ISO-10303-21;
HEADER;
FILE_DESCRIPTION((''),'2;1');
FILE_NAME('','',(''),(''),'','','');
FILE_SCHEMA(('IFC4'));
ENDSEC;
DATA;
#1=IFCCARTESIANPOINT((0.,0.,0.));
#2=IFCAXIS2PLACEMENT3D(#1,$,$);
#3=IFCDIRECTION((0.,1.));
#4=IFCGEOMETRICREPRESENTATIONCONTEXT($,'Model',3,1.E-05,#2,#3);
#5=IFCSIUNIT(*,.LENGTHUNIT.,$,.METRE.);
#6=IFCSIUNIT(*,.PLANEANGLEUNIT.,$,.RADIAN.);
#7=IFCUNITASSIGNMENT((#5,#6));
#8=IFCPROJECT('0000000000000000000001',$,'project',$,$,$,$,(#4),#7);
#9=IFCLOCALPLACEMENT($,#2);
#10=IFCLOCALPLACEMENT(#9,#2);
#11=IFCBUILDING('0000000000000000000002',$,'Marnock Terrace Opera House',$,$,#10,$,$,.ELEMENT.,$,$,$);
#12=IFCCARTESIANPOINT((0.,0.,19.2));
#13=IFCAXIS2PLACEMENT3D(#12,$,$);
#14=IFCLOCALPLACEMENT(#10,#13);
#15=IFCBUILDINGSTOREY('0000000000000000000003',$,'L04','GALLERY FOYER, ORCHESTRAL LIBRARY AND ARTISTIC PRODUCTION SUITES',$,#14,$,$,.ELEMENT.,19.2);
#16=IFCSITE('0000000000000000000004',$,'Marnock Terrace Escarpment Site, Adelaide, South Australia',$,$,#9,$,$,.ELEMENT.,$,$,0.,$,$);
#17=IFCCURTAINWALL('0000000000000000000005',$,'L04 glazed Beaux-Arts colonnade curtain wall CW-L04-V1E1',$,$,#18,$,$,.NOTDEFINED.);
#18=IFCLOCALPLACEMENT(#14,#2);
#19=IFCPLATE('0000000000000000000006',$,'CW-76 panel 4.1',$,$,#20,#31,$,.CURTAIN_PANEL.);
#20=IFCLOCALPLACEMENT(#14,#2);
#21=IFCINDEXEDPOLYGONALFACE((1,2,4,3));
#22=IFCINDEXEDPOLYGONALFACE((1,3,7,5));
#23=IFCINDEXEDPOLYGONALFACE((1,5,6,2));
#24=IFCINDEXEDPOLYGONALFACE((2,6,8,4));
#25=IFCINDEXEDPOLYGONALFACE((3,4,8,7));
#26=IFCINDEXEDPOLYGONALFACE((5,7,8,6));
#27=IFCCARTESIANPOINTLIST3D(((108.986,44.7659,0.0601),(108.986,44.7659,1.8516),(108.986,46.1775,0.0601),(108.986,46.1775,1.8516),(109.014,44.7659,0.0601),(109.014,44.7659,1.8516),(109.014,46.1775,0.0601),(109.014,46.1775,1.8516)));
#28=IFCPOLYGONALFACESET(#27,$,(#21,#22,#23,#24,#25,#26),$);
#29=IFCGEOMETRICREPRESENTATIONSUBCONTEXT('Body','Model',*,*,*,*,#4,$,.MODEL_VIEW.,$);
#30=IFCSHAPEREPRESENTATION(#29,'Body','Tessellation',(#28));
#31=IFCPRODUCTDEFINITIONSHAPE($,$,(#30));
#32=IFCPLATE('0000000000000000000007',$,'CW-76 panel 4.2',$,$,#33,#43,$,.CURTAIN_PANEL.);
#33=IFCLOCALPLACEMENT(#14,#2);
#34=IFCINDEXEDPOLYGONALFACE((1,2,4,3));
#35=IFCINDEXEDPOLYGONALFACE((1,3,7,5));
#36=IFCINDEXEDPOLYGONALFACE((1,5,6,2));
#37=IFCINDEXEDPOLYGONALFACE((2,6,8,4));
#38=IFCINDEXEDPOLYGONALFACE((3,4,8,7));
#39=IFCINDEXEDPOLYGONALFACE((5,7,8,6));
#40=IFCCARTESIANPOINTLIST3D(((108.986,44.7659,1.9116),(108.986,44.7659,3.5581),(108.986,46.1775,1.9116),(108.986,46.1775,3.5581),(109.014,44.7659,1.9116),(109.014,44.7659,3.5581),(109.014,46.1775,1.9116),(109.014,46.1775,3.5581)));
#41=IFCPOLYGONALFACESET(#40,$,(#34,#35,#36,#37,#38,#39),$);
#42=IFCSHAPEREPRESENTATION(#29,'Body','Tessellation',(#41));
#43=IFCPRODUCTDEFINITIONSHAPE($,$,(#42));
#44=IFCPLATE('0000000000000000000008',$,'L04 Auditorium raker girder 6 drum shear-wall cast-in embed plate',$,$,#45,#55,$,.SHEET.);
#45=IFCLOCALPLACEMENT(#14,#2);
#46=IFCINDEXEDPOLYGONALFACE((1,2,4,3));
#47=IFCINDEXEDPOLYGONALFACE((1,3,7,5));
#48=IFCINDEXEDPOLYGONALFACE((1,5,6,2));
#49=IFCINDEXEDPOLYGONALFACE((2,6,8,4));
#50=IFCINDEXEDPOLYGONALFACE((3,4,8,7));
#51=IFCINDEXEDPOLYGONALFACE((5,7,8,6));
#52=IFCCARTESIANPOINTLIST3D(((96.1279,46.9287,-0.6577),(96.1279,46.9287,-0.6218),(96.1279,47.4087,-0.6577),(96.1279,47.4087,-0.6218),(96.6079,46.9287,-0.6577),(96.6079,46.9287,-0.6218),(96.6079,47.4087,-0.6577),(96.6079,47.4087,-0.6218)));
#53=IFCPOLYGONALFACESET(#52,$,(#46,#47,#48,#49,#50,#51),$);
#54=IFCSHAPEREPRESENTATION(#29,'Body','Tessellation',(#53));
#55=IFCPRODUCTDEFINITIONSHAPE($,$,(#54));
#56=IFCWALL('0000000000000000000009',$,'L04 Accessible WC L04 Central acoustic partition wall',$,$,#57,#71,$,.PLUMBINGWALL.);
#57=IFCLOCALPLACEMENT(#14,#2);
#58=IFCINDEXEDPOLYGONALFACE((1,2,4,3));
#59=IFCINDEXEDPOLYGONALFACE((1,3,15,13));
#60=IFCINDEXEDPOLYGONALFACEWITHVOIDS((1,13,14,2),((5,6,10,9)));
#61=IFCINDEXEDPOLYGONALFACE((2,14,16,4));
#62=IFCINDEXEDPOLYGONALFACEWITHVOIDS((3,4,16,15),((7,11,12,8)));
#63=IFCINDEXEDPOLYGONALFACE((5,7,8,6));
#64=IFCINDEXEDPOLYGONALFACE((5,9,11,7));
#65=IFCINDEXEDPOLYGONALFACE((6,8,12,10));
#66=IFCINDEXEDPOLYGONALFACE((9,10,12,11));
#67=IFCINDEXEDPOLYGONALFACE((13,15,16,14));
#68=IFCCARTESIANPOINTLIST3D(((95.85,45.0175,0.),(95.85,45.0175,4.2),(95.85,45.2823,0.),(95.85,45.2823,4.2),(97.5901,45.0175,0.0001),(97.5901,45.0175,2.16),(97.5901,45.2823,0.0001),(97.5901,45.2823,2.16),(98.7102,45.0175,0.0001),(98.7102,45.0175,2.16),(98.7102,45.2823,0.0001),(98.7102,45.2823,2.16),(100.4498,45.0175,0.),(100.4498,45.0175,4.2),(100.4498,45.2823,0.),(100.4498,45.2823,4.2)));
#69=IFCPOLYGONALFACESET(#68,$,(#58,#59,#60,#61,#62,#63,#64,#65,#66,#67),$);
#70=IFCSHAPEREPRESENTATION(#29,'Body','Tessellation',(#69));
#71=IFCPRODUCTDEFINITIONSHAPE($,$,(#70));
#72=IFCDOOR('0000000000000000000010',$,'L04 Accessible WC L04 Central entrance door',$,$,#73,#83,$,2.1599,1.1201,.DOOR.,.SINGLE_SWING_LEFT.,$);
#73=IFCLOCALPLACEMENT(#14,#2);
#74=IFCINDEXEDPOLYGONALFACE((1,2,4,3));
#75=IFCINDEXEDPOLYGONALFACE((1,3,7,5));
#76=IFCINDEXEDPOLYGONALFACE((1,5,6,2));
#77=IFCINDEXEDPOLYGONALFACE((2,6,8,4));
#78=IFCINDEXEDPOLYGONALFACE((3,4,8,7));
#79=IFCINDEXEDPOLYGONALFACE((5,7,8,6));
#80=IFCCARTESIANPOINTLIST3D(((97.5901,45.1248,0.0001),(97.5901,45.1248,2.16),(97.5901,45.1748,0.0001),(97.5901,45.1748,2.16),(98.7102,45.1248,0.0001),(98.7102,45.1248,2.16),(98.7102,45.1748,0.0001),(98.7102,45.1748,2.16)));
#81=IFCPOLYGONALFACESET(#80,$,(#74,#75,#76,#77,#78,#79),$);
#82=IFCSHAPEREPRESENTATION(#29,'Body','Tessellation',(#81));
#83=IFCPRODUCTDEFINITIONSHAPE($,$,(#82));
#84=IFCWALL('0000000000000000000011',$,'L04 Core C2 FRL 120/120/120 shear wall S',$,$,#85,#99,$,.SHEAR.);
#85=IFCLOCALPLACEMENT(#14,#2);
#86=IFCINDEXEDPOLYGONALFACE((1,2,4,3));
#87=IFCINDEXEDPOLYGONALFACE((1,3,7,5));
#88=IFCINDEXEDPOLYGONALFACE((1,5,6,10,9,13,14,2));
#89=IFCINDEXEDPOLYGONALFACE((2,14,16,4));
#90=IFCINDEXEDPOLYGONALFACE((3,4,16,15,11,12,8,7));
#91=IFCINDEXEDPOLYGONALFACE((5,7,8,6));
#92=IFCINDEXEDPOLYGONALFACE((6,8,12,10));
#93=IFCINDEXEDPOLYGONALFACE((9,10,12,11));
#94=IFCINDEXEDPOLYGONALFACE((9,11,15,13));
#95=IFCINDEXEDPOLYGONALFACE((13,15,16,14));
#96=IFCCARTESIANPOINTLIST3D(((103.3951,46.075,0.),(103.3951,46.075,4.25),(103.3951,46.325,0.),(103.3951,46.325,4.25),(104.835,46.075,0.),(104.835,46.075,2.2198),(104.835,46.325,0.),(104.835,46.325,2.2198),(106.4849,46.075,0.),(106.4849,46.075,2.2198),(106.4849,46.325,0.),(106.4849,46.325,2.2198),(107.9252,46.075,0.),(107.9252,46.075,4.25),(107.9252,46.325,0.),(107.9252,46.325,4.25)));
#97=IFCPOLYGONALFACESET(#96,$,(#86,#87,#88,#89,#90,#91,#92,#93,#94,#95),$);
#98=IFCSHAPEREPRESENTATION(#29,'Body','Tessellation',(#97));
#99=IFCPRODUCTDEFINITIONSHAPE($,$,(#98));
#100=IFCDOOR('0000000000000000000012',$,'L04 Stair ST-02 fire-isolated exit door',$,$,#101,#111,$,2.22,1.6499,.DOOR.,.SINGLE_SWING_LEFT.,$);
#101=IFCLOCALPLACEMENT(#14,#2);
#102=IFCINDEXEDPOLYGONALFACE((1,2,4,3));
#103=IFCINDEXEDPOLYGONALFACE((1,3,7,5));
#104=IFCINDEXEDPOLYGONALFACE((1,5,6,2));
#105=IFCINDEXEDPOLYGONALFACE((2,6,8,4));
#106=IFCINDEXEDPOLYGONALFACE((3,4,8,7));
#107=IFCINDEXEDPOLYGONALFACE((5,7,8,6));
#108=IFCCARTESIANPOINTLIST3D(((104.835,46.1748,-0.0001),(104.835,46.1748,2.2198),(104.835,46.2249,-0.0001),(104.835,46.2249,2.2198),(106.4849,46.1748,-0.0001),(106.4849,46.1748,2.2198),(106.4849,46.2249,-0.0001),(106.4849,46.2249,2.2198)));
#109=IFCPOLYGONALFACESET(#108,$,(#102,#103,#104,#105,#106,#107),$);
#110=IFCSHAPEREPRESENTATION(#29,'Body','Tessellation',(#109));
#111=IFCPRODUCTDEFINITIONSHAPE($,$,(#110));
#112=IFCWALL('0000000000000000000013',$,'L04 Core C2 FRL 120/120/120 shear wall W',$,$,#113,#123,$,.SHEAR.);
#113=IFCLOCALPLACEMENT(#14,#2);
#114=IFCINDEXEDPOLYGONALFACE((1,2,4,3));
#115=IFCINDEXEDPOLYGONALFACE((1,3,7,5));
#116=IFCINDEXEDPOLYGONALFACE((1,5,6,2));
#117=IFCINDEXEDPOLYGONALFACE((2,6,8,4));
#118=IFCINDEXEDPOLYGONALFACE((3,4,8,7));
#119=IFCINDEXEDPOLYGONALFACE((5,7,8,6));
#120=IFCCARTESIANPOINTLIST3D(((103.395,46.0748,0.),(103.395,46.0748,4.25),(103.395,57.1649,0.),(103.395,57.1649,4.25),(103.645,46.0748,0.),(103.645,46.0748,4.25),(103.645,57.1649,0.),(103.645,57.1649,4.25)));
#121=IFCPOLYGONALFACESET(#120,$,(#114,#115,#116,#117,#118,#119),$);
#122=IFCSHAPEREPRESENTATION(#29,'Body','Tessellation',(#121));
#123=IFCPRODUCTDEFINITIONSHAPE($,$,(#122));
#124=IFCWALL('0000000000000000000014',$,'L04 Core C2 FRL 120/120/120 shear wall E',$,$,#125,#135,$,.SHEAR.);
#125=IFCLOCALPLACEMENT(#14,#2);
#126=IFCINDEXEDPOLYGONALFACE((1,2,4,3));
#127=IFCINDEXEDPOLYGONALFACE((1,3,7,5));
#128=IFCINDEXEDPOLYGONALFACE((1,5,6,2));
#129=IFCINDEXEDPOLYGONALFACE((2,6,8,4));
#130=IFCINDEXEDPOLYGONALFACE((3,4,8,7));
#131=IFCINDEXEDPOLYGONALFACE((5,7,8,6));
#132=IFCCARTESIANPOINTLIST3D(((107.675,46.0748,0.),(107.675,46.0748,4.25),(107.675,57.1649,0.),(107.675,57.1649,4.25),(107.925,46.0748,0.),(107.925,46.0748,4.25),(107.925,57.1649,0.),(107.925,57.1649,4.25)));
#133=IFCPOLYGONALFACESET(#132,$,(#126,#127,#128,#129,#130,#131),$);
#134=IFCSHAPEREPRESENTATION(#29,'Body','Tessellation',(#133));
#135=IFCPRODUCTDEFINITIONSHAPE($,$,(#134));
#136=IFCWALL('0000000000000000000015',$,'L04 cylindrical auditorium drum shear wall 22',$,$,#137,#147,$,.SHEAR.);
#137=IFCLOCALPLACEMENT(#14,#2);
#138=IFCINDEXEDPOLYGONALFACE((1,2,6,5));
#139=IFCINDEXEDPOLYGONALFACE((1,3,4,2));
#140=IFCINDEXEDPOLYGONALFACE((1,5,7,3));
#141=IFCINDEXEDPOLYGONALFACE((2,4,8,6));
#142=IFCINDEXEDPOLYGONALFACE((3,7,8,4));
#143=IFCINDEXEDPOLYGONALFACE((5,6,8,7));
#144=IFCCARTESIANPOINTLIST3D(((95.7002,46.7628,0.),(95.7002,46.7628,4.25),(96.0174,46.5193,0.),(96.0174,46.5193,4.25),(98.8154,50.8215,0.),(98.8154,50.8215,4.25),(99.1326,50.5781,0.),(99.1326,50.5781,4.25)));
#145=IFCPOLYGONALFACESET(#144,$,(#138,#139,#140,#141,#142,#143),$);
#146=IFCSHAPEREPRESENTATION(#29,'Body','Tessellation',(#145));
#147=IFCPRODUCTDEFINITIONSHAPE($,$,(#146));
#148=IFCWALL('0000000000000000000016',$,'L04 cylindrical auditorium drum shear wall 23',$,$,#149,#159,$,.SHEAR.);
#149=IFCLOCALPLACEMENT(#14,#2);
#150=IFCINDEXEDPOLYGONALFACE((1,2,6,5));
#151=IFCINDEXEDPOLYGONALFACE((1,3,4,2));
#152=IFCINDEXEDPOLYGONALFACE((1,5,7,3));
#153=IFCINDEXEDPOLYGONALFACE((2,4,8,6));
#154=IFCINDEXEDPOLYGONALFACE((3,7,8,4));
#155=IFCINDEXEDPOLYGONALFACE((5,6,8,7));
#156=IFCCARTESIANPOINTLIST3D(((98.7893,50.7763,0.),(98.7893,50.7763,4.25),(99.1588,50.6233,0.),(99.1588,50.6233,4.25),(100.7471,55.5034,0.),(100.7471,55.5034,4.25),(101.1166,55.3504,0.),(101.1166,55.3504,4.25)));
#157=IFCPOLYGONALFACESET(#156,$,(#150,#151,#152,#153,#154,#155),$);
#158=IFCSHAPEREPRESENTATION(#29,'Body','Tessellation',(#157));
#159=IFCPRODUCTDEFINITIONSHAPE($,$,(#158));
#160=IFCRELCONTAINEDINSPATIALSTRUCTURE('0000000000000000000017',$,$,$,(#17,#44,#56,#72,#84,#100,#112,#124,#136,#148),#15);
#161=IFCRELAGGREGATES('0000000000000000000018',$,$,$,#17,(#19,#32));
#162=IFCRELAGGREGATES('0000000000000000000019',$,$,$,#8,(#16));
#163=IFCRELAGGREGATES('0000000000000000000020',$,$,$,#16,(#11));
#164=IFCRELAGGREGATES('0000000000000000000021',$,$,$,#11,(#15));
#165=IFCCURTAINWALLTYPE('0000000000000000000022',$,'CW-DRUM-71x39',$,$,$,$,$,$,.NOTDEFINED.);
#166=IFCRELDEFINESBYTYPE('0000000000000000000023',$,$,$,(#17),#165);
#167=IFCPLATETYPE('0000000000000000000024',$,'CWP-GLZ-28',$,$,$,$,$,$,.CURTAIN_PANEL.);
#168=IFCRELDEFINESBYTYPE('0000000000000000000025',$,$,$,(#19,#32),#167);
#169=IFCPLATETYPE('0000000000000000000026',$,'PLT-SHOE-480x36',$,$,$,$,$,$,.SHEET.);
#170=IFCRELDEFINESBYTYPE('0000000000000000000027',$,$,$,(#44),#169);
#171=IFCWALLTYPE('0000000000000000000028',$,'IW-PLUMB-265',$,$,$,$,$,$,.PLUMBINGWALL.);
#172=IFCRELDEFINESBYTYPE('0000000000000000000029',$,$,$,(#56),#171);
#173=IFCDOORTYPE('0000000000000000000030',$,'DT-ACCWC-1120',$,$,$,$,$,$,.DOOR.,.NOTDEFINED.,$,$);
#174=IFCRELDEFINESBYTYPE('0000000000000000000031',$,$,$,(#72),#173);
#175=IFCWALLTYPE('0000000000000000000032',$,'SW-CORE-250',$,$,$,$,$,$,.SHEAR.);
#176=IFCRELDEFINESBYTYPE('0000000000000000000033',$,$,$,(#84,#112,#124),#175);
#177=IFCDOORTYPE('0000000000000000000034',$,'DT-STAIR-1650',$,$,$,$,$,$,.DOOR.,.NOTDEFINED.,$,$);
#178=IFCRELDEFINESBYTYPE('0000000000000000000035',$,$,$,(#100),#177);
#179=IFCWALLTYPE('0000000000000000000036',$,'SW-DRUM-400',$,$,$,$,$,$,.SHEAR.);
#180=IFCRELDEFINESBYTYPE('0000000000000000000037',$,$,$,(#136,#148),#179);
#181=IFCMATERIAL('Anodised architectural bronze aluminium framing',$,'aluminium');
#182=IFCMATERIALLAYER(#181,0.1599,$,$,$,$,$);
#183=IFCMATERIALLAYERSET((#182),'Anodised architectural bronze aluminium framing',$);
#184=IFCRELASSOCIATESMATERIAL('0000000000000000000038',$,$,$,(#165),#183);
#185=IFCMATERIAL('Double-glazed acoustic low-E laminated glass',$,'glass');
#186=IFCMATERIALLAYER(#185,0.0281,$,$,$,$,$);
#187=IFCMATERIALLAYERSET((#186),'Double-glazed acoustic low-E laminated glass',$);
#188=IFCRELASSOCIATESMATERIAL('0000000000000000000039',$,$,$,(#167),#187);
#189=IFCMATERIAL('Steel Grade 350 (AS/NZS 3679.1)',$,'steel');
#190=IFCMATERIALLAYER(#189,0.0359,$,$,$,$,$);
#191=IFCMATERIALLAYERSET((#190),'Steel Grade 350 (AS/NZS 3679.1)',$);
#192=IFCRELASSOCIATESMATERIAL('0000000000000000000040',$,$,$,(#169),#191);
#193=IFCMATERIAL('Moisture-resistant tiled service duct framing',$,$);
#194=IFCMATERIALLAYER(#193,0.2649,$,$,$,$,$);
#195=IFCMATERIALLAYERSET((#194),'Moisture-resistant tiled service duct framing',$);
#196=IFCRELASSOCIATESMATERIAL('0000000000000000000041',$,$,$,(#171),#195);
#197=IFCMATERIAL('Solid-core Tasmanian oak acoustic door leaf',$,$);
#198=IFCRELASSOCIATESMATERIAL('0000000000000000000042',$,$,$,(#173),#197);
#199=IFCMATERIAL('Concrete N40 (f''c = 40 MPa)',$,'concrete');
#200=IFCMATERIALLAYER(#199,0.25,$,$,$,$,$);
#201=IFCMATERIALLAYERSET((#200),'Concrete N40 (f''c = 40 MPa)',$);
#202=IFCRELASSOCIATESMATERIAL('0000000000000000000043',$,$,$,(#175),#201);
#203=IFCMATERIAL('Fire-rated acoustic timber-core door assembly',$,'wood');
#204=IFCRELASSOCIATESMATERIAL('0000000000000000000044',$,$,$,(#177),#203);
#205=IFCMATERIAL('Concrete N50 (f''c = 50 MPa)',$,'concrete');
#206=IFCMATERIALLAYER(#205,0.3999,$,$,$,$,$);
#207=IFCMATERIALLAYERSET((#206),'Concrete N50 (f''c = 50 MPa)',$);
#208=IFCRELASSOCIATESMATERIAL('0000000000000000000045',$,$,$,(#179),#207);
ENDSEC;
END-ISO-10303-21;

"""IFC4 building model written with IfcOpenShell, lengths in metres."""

from ifc_helpers import new_model, si_unit, direction, frame, frame_2d, origin, origin_2d, place, context, subcontext, project, spatial, rectangle, extrude, material, layer, layer_set, type_object, element, fill, aggregate, save


model = new_model("IFC4")

# Units and contexts
model_context = context("Model", 3, precision=1e-05, world=origin(), true_north=direction((0.0, 1.0)))
body_context = subcontext(model_context, "Body", "Model", "MODEL_VIEW")
ifc_project = project(units=[si_unit("LENGTHUNIT", "METRE"), si_unit("PLANEANGLEUNIT", "RADIAN")], contexts=[model_context])

# Site, building, storey
site_placement = place(None, origin())
site = spatial("IfcSite", under=ifc_project, at=site_placement, Name="Marnock Terrace Escarpment Site, Adelaide, South Australia", CompositionType="ELEMENT", RefElevation=0.0)
building_placement = place(site_placement, origin())
building = spatial("IfcBuilding", under=site, at=building_placement, Name="Marnock Terrace Opera House", CompositionType="ELEMENT")
storey_placement = place(building_placement, frame((0.0, 0.0, 19.2)))
storey = spatial("IfcBuildingStorey", under=building, at=storey_placement, Name="L04", Description="GALLERY FOYER, ORCHESTRAL LIBRARY AND ARTISTIC PRODUCTION SUITES", CompositionType="ELEMENT", Elevation=19.2)

# Shared definitions
ifc_material_1 = material(Name="Concrete N50 (f'c = 50 MPa)", Category="concrete")
ifc_material_2 = material(Name="Concrete N40 (f'c = 40 MPa)", Category="concrete")

# Shared definitions
ifc_material_3 = material(Name="Steel Grade 350 (AS/NZS 3679.1)", Category="steel")

# Curtain wall, plates
ifc_material_4 = material(Name="Anodised architectural bronze aluminium framing", Category="aluminium")
ifc_layer_1 = layer(ifc_material_4, 0.1599)
ifc_layer_set_1 = layer_set([ifc_layer_1], Name="Anodised architectural bronze aluminium framing")
curtain_wall_type = type_object("IfcCurtainWallType", Name="CW-DRUM-71x39", PredefinedType="NOTDEFINED", material=ifc_layer_set_1)
curtain_wall_placement = place(storey_placement, origin())
curtain_wall = element("IfcCurtainWall", 1, at=curtain_wall_placement, inside=storey, type_object=curtain_wall_type, Name="L04 glazed Beaux-Arts colonnade curtain wall CW-L04-V1E1", PredefinedType="NOTDEFINED")
ifc_material_5 = material(Name="Double-glazed acoustic low-E laminated glass", Category="glass")
ifc_layer_2 = layer(ifc_material_5, 0.0281)
ifc_layer_set_2 = layer_set([ifc_layer_2], Name="Double-glazed acoustic low-E laminated glass")
plate_type_1 = type_object("IfcPlateType", Name="CWP-GLZ-28", PredefinedType="CURTAIN_PANEL", material=ifc_layer_set_2)
plate_1_placement = place(storey_placement, frame((109.0, 45.4717, 0.0601), z_axis=(0.0, 0.0, 1.0), x_axis=(0.0, 1.0, 0.0)))
plate_1 = element("IfcPlate", 2, at=plate_1_placement, type_object=plate_type_1, Name="CW-76 panel 4.1", PredefinedType="CURTAIN_PANEL", context=body_context, shape_type="SweptSolid", body=[
    extrude(rectangle(XDim=1.4116, YDim=0.0281, at=origin_2d()), origin(), (0.0, 0.0, 1.0), 1.7915),
])
plate_2_placement = place(storey_placement, frame((109.0, 45.4717, 1.9116), z_axis=(0.0, 0.0, 1.0), x_axis=(0.0, 1.0, 0.0)))
plate_2 = element("IfcPlate", 3, at=plate_2_placement, type_object=plate_type_1, Name="CW-76 panel 4.2", PredefinedType="CURTAIN_PANEL", context=body_context, shape_type="SweptSolid", body=[
    extrude(rectangle(XDim=1.4116, YDim=0.0281, at=origin_2d()), origin(), (0.0, 0.0, 1.0), 1.6465),
])
aggregate(curtain_wall, [plate_1, plate_2])

# Plate
ifc_layer_3 = layer(ifc_material_3, 0.0359)
ifc_layer_set_3 = layer_set([ifc_layer_3], Name="Steel Grade 350 (AS/NZS 3679.1)")
plate_type_2 = type_object("IfcPlateType", Name="PLT-SHOE-480x36", PredefinedType="SHEET", material=ifc_layer_set_3)
plate_3_placement = place(storey_placement, frame((96.3679, 47.1687, -0.6577), z_axis=(0.0, 0.0, 1.0), x_axis=(1.0, 0.0, 0.0)))
element("IfcPlate", 4, at=plate_3_placement, inside=storey, type_object=plate_type_2, Name="L04 Auditorium raker girder 6 drum shear-wall cast-in embed plate", PredefinedType="SHEET", context=body_context, shape_type="SweptSolid", body=[
    extrude(rectangle(XDim=0.48, YDim=0.48, at=origin_2d()), origin(), (0.0, 0.0, 1.0), 0.0359),
])

# Walls, openings, doors
ifc_material_6 = material(Name="Moisture-resistant tiled service duct framing")
ifc_layer_4 = layer(ifc_material_6, 0.2649)
ifc_layer_set_4 = layer_set([ifc_layer_4], Name="Moisture-resistant tiled service duct framing")
wall_type_1 = type_object("IfcWallType", Name="IW-PLUMB-265", PredefinedType="PLUMBINGWALL", material=ifc_layer_set_4)
wall_1_placement = place(storey_placement, frame((95.8501, 45.1499, 0.0), z_axis=(0.0, 0.0, 1.0), x_axis=(1.0, 0.0, 0.0)))
wall_1 = element("IfcWall", 5, at=wall_1_placement, inside=storey, type_object=wall_type_1, Name="L04 Accessible WC L04 Central acoustic partition wall", PredefinedType="PLUMBINGWALL", context=body_context, shape_type="SweptSolid", body=[
    extrude(rectangle(XDim=4.5999, YDim=0.2649, at=frame_2d((2.2998, 0.0))), origin(), (0.0, 0.0, 1.0), 4.2),
])
opening_1_placement = place(wall_1_placement, frame((1.74, 0.0, 0.0)))
opening_1 = element("IfcOpeningElement", 6, at=opening_1_placement, cuts=wall_1, PredefinedType="OPENING", context=body_context, shape_type="SweptSolid", body=[
    extrude(rectangle(XDim=1.1201, YDim=2.1599, at=frame_2d((0.5601, 1.0801))), frame((0.0, 0.1423, 0.0), z_axis=(0.0, -1.0, 0.0), x_axis=(1.0, 0.0, 0.0)), (0.0, 0.0, 1.0), 0.2849),
])
ifc_material_7 = material(Name="Solid-core Tasmanian oak acoustic door leaf")
door_type_1 = type_object("IfcDoorType", Name="DT-ACCWC-1120", OperationType="NOTDEFINED", PredefinedType="DOOR", material=ifc_material_7)
door_1_placement = place(opening_1_placement, origin())
door_1 = element("IfcDoor", 7, at=door_1_placement, inside=storey, type_object=door_type_1, Name="L04 Accessible WC L04 Central entrance door", OperationType="SINGLE_SWING_LEFT", OverallHeight=2.1599, OverallWidth=1.1201, PredefinedType="DOOR", context=body_context, shape_type="SweptSolid", body=[
    extrude(rectangle(XDim=1.1201, YDim=2.1599, at=frame_2d((0.5601, 1.0801))), frame((0.0, 0.0249, 0.0), z_axis=(0.0, -1.0, 0.0), x_axis=(1.0, 0.0, 0.0)), (0.0, 0.0, 1.0), 0.05),
])
fill(opening_1, door_1)
ifc_layer_5 = layer(ifc_material_2, 0.25)
ifc_layer_set_5 = layer_set([ifc_layer_5], Name="Concrete N40 (f'c = 40 MPa)")
wall_type_2 = type_object("IfcWallType", Name="SW-CORE-250", PredefinedType="SHEAR", material=ifc_layer_set_5)
wall_2_placement = place(storey_placement, frame((103.395, 46.2, 0.0), z_axis=(0.0, 0.0, 1.0), x_axis=(1.0, 0.0, 0.0)))
wall_2 = element("IfcWall", 8, at=wall_2_placement, inside=storey, type_object=wall_type_2, Name="L04 Core C2 FRL 120/120/120 shear wall S", PredefinedType="SHEAR", context=body_context, shape_type="SweptSolid", body=[
    extrude(rectangle(XDim=4.53, YDim=0.25, at=frame_2d((2.2651, 0.0))), origin(), (0.0, 0.0, 1.0), 4.25),
])
opening_2_placement = place(wall_2_placement, frame((1.4399, 0.0, 0.0)))
opening_2 = element("IfcOpeningElement", 9, at=opening_2_placement, cuts=wall_2, PredefinedType="OPENING", context=body_context, shape_type="SweptSolid", body=[
    extrude(rectangle(XDim=1.6499, YDim=2.22, at=frame_2d((0.825, 1.1099))), frame((0.0, 0.135, 0.0), z_axis=(0.0, -1.0, 0.0), x_axis=(1.0, 0.0, 0.0)), (0.0, 0.0, 1.0), 0.27),
])
ifc_material_8 = material(Name="Fire-rated acoustic timber-core door assembly", Category="wood")
door_type_2 = type_object("IfcDoorType", Name="DT-STAIR-1650", OperationType="NOTDEFINED", PredefinedType="DOOR", material=ifc_material_8)
door_2_placement = place(opening_2_placement, origin())
door_2 = element("IfcDoor", 10, at=door_2_placement, inside=storey, type_object=door_type_2, Name="L04 Stair ST-02 fire-isolated exit door", OperationType="SINGLE_SWING_LEFT", OverallHeight=2.22, OverallWidth=1.6499, PredefinedType="DOOR", context=body_context, shape_type="SweptSolid", body=[
    extrude(rectangle(XDim=1.6499, YDim=2.22, at=frame_2d((0.825, 1.1099))), frame((0.0, 0.0249, 0.0), z_axis=(0.0, -1.0, 0.0), x_axis=(1.0, 0.0, 0.0)), (0.0, 0.0, 1.0), 0.05),
])
fill(opening_2, door_2)

# Walls
for number, where, z_axis, x_axis, name in (
    (11, (103.52, 46.075, 0.0), (0.0, 0.0, 1.0), (0.0, 1.0, 0.0), "L04 Core C2 FRL 120/120/120 shear wall W"),
    (12, (107.8, 46.075, 0.0), (0.0, 0.0, 1.0), (0.0, 1.0, 0.0), "L04 Core C2 FRL 120/120/120 shear wall E"),
):
    element("IfcWall", number, at=place(storey_placement, frame(where, z_axis=z_axis, x_axis=x_axis)), inside=storey, type_object=wall_type_2, Name=name, PredefinedType="SHEAR", context=body_context, shape_type="SweptSolid", body=[
        extrude(rectangle(XDim=11.0901, YDim=0.25, at=frame_2d((5.5449, 0.0))), origin(), (0.0, 0.0, 1.0), 4.25),
    ])
ifc_layer_6 = layer(ifc_material_1, 0.3999)
ifc_layer_set_6 = layer_set([ifc_layer_6], Name="Concrete N50 (f'c = 50 MPa)")
wall_type_3 = type_object("IfcWallType", Name="SW-DRUM-400", PredefinedType="SHEAR", material=ifc_layer_set_6)
for number, where, z_axis, x_axis, name in (
    (13, (95.8589, 46.6411, 0.0), (0.0, 0.0, 1.0), (0.608857, 0.79328, 0.0), "L04 cylindrical auditorium drum shear wall 22"),
    (14, (98.9741, 50.7, 0.0), (0.0, 0.0, 1.0), (0.382643, 0.923896, 0.0), "L04 cylindrical auditorium drum shear wall 23"),
):
    element("IfcWall", number, at=place(storey_placement, frame(where, z_axis=z_axis, x_axis=x_axis)), inside=storey, type_object=wall_type_3, Name=name, PredefinedType="SHEAR", context=body_context, shape_type="SweptSolid", body=[
        extrude(rectangle(XDim=5.1165, YDim=0.3999, at=frame_2d((2.5581, 0.0))), origin(), (0.0, 0.0, 1.0), 4.25),
    ])

save(model, "model.ifc")
